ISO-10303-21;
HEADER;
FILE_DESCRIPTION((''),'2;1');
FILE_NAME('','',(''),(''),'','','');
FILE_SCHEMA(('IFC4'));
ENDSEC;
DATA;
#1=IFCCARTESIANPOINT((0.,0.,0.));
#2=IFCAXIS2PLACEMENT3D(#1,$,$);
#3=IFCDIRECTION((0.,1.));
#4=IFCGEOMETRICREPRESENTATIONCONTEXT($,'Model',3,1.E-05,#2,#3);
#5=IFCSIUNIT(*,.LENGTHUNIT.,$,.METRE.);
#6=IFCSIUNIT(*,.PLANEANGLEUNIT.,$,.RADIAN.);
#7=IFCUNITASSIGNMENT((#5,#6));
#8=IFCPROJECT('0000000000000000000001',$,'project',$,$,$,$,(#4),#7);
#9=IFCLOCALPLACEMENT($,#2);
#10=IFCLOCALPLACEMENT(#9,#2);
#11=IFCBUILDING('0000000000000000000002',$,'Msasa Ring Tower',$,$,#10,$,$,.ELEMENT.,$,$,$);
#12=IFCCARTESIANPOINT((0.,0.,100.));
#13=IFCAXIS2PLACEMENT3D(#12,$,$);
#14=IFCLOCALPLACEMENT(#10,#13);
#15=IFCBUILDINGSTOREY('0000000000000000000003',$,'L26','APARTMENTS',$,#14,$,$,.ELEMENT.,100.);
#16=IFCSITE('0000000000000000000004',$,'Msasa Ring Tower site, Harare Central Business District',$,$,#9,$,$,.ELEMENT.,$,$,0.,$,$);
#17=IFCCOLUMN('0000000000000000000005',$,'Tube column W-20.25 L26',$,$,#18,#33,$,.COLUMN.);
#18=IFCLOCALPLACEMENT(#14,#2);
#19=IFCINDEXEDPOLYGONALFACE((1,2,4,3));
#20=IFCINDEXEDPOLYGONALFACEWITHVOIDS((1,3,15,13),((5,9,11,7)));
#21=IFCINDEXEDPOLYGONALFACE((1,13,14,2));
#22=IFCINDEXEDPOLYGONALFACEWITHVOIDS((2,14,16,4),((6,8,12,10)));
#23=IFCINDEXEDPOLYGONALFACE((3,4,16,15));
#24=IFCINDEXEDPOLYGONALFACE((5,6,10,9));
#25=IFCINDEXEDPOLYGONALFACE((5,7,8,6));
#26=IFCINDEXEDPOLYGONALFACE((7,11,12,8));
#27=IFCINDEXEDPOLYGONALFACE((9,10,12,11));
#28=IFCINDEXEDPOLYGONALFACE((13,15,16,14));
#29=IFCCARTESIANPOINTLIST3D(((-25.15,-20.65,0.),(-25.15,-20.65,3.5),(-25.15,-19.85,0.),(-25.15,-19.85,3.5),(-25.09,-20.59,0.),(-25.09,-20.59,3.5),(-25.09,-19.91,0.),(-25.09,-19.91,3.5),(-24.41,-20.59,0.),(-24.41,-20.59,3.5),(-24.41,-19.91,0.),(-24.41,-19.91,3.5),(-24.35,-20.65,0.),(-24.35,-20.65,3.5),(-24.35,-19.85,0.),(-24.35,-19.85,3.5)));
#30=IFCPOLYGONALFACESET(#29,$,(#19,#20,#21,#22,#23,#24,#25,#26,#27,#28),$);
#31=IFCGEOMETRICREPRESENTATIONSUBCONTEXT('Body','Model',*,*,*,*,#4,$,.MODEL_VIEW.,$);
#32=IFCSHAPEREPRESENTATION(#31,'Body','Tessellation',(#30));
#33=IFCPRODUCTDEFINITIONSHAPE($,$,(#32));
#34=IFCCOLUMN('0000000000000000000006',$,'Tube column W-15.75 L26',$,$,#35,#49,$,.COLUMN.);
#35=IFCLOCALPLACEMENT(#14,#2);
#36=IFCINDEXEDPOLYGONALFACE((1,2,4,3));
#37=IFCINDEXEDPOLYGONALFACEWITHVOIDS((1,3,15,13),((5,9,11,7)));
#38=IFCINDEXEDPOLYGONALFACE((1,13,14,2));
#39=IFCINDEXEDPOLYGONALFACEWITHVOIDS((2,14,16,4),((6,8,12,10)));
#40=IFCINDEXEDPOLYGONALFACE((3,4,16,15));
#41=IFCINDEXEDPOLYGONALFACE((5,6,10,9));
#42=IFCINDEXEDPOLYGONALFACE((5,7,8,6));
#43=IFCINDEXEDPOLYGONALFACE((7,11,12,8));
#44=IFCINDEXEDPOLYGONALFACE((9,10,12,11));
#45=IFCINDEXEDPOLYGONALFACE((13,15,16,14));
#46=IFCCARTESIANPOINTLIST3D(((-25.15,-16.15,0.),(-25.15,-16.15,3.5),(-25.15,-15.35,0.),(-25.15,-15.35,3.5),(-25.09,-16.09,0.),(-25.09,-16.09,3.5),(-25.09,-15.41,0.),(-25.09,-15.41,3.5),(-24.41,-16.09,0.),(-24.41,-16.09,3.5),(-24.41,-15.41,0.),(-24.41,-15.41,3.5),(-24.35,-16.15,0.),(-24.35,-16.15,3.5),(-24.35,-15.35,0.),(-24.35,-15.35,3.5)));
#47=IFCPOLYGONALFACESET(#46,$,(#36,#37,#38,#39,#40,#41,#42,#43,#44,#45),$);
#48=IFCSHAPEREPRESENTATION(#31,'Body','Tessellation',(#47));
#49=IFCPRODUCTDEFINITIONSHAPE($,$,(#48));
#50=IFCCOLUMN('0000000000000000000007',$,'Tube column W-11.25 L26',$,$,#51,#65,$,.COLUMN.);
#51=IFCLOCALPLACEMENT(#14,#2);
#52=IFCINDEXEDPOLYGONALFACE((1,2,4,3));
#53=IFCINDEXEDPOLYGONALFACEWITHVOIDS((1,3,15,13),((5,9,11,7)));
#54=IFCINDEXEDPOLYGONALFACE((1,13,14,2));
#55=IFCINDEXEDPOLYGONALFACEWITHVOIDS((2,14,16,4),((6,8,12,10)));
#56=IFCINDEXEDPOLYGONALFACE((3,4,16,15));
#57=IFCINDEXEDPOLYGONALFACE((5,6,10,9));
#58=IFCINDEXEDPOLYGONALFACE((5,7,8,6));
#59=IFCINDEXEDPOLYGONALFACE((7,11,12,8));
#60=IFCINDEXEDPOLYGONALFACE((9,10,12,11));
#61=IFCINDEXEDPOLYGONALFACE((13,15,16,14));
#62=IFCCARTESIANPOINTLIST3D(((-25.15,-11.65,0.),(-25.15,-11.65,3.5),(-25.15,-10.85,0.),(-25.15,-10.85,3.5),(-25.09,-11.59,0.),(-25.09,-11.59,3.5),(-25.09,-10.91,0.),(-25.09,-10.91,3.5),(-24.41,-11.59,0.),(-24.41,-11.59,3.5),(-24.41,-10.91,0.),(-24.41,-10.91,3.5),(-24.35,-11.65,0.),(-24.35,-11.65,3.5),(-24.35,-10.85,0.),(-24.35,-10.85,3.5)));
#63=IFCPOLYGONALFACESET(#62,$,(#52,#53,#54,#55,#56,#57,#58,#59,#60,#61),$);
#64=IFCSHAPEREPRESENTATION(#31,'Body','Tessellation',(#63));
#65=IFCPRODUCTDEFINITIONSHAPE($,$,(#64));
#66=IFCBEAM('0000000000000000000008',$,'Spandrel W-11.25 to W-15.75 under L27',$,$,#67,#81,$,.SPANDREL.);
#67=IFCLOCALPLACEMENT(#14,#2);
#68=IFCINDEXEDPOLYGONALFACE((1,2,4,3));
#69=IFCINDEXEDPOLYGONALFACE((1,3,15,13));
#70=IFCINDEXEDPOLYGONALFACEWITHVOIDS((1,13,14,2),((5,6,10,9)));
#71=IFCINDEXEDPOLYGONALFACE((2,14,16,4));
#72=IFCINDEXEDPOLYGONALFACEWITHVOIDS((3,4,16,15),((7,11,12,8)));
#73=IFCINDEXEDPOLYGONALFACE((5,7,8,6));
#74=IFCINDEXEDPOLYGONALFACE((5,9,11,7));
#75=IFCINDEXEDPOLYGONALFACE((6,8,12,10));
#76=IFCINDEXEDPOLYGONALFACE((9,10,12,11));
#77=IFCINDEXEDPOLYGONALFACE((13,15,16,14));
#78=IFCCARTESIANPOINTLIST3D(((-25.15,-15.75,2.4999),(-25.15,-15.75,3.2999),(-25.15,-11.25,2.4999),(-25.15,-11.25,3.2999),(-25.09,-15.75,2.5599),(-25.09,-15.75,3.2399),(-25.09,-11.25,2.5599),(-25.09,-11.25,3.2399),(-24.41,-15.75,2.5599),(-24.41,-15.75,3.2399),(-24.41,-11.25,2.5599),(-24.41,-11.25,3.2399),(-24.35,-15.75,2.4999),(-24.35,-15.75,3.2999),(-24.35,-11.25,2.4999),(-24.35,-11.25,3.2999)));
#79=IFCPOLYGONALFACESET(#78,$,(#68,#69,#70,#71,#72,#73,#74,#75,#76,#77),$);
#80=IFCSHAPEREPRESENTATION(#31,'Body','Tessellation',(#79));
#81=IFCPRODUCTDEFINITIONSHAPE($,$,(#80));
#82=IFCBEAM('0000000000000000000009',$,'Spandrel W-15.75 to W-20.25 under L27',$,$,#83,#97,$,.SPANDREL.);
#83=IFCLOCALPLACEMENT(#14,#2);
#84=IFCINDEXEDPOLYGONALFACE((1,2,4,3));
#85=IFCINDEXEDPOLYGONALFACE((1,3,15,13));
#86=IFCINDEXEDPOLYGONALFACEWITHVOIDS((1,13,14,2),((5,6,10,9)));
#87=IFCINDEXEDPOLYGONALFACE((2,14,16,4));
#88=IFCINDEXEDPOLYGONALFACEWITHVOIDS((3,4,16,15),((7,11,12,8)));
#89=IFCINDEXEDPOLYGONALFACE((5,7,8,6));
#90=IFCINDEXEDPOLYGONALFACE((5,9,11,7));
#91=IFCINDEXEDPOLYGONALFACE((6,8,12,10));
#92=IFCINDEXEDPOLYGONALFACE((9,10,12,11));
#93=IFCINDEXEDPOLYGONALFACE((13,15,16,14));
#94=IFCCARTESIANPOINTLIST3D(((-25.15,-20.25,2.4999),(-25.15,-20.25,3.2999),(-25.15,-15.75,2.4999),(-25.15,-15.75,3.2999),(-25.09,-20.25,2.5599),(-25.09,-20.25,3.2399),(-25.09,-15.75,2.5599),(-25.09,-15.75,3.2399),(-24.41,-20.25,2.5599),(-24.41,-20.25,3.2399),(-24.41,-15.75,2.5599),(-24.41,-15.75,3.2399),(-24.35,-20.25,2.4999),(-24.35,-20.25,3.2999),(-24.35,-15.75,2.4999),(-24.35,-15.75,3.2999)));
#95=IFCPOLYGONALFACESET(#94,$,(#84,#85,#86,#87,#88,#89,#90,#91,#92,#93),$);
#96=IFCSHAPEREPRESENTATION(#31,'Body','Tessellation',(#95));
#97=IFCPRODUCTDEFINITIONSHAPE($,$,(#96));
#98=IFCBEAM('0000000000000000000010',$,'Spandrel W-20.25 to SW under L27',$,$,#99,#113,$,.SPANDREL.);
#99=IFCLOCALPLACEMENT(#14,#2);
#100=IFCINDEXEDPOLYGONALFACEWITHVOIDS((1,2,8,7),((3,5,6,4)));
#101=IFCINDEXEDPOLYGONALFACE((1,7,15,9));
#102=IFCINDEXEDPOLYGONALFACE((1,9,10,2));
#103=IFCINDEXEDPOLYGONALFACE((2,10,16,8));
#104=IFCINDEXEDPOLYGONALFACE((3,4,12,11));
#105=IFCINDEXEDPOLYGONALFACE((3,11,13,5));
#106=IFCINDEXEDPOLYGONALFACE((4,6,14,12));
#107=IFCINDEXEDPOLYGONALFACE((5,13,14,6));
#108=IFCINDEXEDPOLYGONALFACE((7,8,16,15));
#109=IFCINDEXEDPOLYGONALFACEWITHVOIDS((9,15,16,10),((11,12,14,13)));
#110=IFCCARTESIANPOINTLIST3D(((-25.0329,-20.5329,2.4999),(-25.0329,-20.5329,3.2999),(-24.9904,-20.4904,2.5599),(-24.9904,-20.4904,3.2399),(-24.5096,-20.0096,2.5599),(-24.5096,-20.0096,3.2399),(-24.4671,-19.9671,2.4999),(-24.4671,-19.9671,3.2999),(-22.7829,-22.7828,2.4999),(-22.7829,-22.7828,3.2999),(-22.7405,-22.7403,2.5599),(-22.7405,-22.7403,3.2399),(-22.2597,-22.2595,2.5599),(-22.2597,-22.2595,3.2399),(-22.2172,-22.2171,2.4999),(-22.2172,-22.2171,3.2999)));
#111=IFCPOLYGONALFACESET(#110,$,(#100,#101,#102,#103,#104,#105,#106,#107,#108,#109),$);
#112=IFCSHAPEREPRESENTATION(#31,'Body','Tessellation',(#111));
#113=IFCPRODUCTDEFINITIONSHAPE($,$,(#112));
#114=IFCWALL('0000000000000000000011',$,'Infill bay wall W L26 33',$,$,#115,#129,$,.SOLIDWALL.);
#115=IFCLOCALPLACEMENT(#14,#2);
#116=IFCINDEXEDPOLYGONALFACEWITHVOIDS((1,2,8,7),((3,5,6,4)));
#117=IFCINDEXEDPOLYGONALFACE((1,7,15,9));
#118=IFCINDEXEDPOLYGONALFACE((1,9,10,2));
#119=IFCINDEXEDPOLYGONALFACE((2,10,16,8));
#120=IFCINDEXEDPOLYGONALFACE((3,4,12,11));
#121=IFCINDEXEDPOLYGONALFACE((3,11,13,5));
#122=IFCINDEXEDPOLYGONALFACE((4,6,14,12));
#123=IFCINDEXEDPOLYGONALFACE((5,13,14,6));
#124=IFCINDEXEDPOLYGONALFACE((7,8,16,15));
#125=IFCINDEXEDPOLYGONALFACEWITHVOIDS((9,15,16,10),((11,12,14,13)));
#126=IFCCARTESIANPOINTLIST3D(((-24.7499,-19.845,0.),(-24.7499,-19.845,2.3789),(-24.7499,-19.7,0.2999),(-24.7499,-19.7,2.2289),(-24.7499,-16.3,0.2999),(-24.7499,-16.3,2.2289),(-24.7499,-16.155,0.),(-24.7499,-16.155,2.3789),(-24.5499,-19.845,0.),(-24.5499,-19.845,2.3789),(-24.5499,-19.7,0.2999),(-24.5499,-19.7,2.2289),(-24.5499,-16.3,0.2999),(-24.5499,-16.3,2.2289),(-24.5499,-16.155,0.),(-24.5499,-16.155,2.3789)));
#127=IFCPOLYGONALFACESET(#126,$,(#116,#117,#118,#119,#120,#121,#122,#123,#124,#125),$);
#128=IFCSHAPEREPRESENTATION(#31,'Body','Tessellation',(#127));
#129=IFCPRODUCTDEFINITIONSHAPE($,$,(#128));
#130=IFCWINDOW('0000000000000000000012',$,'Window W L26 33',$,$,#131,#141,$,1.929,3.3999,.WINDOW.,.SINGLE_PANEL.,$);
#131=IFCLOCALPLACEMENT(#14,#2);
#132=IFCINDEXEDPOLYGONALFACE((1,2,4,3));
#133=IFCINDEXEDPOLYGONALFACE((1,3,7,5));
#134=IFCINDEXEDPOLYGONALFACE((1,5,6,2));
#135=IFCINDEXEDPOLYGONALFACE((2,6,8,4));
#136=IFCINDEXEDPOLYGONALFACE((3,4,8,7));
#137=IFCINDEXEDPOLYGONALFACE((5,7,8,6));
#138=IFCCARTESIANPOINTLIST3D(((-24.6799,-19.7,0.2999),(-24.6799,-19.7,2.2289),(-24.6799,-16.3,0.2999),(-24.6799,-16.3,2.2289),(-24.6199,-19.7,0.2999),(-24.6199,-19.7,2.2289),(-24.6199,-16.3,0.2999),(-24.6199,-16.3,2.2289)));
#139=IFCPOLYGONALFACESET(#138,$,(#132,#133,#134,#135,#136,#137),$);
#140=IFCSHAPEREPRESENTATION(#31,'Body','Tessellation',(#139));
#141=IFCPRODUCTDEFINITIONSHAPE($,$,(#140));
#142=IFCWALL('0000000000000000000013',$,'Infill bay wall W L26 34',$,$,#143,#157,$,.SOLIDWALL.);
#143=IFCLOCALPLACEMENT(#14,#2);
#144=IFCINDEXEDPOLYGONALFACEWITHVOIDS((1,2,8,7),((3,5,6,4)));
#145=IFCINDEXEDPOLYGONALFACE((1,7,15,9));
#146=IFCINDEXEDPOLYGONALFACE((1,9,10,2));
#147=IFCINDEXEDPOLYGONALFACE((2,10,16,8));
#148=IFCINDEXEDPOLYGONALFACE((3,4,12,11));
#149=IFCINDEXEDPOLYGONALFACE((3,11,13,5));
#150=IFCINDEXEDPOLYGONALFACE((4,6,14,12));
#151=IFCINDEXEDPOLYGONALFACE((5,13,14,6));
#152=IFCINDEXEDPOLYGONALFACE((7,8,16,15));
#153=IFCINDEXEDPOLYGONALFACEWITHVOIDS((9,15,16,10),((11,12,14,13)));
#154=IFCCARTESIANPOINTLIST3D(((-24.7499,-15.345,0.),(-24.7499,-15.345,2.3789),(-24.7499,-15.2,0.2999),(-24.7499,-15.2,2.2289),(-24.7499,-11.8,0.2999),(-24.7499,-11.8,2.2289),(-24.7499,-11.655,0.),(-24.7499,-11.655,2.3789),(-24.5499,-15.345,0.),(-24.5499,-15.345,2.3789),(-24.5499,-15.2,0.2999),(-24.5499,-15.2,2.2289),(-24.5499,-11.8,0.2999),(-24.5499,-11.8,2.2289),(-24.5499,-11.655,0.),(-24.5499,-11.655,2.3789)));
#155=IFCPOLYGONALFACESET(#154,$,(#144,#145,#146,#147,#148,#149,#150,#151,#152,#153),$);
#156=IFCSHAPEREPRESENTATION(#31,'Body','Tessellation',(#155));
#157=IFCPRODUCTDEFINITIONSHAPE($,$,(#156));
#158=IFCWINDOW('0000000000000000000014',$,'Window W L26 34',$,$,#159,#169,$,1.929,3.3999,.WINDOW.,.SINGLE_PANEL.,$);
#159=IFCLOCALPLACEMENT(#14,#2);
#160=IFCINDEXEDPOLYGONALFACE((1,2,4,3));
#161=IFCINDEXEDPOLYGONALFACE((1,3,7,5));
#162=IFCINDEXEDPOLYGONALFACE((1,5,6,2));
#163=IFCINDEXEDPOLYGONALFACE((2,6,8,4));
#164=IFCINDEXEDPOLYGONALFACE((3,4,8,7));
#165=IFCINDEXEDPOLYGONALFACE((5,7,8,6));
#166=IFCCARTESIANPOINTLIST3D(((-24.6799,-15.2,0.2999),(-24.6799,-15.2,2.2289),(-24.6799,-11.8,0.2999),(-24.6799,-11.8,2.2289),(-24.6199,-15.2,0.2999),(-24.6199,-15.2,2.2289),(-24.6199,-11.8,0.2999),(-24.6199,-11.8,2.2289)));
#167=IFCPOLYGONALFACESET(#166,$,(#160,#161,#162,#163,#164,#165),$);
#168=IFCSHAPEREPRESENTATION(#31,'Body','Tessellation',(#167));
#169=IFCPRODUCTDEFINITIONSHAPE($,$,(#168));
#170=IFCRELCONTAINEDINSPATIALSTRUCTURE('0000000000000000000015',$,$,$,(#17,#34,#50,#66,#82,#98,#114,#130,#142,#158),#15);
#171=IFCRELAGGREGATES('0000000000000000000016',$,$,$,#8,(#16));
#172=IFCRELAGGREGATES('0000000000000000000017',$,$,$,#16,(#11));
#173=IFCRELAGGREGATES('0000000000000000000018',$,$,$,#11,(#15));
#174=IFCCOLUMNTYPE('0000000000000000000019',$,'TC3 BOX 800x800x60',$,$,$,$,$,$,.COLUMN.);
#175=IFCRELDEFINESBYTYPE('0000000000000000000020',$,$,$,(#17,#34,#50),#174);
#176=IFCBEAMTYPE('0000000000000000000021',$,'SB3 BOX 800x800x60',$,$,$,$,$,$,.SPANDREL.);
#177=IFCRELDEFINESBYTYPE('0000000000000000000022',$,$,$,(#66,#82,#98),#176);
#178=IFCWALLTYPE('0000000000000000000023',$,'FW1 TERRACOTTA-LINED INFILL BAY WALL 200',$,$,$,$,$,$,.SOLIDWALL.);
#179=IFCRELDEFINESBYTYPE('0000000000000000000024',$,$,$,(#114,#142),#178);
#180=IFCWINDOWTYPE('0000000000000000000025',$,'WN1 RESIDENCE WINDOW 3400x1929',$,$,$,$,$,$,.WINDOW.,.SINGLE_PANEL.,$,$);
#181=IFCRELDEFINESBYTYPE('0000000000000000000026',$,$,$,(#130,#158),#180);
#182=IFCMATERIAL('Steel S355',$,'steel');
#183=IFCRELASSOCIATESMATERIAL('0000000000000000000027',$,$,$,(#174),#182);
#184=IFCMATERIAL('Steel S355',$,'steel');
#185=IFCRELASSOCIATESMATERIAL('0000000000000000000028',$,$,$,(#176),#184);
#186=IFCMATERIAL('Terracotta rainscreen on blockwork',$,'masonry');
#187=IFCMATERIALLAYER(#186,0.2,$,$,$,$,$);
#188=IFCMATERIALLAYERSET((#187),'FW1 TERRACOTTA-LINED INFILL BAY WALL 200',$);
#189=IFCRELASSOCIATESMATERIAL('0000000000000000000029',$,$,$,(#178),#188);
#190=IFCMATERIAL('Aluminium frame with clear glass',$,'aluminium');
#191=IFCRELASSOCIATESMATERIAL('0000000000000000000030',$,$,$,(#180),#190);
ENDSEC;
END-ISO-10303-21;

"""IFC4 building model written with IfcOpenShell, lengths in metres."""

from ifc_helpers import new_model, si_unit, direction, frame, frame_2d, origin, origin_2d, place, context, subcontext, project, spatial, rectangle, hollow_rectangle, extrude, material, layer, layer_set, material_profile, profile_set, type_object, element, fill, save


model = new_model("IFC4")

# Units and contexts
model_context = context("Model", 3, precision=1e-05, world=origin(), true_north=direction((0.0, 1.0)))
body_context = subcontext(model_context, "Body", "Model", "MODEL_VIEW")
ifc_project = project(units=[si_unit("LENGTHUNIT", "METRE"), si_unit("PLANEANGLEUNIT", "RADIAN")], contexts=[model_context])

# Site, building, storey
site_placement = place(None, origin())
site = spatial("IfcSite", under=ifc_project, at=site_placement, Name="Msasa Ring Tower site, Harare Central Business District", CompositionType="ELEMENT", RefElevation=0.0)
building_placement = place(site_placement, origin())
building = spatial("IfcBuilding", under=site, at=building_placement, Name="Msasa Ring Tower", CompositionType="ELEMENT")
storey_placement = place(building_placement, frame((0.0, 0.0, 100.0)))
storey = spatial("IfcBuildingStorey", under=building, at=storey_placement, Name="L26", Description="APARTMENTS", CompositionType="ELEMENT", Elevation=100.0)

# Columns
ifc_material_1 = material(Name="Steel S355", Category="steel")
ifc_material_profile_1 = material_profile(ifc_material_1, hollow_rectangle(XDim=0.8, YDim=0.8, WallThickness=0.0601, at=origin_2d()), Name="BOX 800x800x60")
ifc_profile_set_1 = profile_set([ifc_material_profile_1], Name="Steel S355")
column_type = type_object("IfcColumnType", Name="TC3 BOX 800x800x60", PredefinedType="COLUMN", material=ifc_profile_set_1)
for number, where, z_axis, x_axis, name in (
    (1, (-24.75, -20.25, 0.0), (0.0, 0.0, 1.0), (1.0, 0.0, 0.0), "Tube column W-20.25 L26"),
    (2, (-24.75, -15.75, 0.0), (0.0, 0.0, 1.0), (1.0, 0.0, 0.0), "Tube column W-15.75 L26"),
    (3, (-24.75, -11.25, 0.0), (0.0, 0.0, 1.0), (1.0, 0.0, 0.0), "Tube column W-11.25 L26"),
):
    element("IfcColumn", number, at=place(storey_placement, frame(where, z_axis=z_axis, x_axis=x_axis)), inside=storey, type_object=column_type, Name=name, PredefinedType="COLUMN", context=body_context, shape_type="SweptSolid", body=[
        extrude(hollow_rectangle(XDim=0.8, YDim=0.8, WallThickness=0.0601, at=origin_2d()), origin(), (0.0, 0.0, 1.0), 3.5),
    ])

# Beams
ifc_material_2 = material(Name="Steel S355", Category="steel")
ifc_material_profile_2 = material_profile(ifc_material_2, hollow_rectangle(XDim=0.8, YDim=0.8, WallThickness=0.0601, at=origin_2d()), Name="BOX 800x800x60")
ifc_profile_set_2 = profile_set([ifc_material_profile_2], Name="Steel S355")
beam_type = type_object("IfcBeamType", Name="SB3 BOX 800x800x60", PredefinedType="SPANDREL", material=ifc_profile_set_2)
for number, where, z_axis, x_axis, name in (
    (4, (-24.75, -11.25, 2.8999), (0.0, -1.0, 0.0), (1.0, 0.0, 0.0), "Spandrel W-11.25 to W-15.75 under L27"),
    (5, (-24.75, -15.75, 2.8999), (0.0, -1.0, 0.0), (1.0, 0.0, 0.0), "Spandrel W-15.75 to W-20.25 under L27"),
):
    element("IfcBeam", number, at=place(storey_placement, frame(where, z_axis=z_axis, x_axis=x_axis)), inside=storey, type_object=beam_type, Name=name, PredefinedType="SPANDREL", context=body_context, shape_type="SweptSolid", body=[
        extrude(hollow_rectangle(XDim=0.8, YDim=0.8, WallThickness=0.0601, at=origin_2d()), origin(), (0.0, 0.0, 1.0), 4.5),
    ])
beam_placement = place(storey_placement, frame((-24.75, -20.25, 2.8999), z_axis=(0.707107, -0.707107, 0.0), x_axis=(0.707107, 0.707107, 0.0)))
element("IfcBeam", 6, at=beam_placement, inside=storey, type_object=beam_type, Name="Spandrel W-20.25 to SW under L27", PredefinedType="SPANDREL", context=body_context, shape_type="SweptSolid", body=[
    extrude(hollow_rectangle(XDim=0.8, YDim=0.8, WallThickness=0.0601, at=origin_2d()), origin(), (0.0, 0.0, 1.0), 3.1819),
])

# Walls, openings, windows
ifc_material_3 = material(Name="Terracotta rainscreen on blockwork", Category="masonry")
ifc_layer_1 = layer(ifc_material_3, 0.2)
ifc_layer_set_1 = layer_set([ifc_layer_1], Name="FW1 TERRACOTTA-LINED INFILL BAY WALL 200")
wall_type_1 = type_object("IfcWallType", Name="FW1 TERRACOTTA-LINED INFILL BAY WALL 200", PredefinedType="SOLIDWALL", material=ifc_layer_set_1)
wall_1_placement = place(storey_placement, frame((-24.6499, -19.845, 0.0), z_axis=(0.0, 0.0, 1.0), x_axis=(0.0, 1.0, 0.0)))
wall_1 = element("IfcWall", 7, at=wall_1_placement, inside=storey, type_object=wall_type_1, Name="Infill bay wall W L26 33", PredefinedType="SOLIDWALL", context=body_context, shape_type="SweptSolid", body=[
    extrude(rectangle(XDim=3.6899, YDim=0.2, at=frame_2d((1.845, 0.0))), origin(), (0.0, 0.0, 1.0), 2.3789),
])
opening_1_placement = place(wall_1_placement, frame((0.145, 0.0, 0.3)))
opening_1 = element("IfcOpeningElement", 8, at=opening_1_placement, cuts=wall_1, PredefinedType="OPENING", context=body_context, shape_type="SweptSolid", body=[
    extrude(rectangle(XDim=3.3999, YDim=1.929, at=frame_2d((1.7, 0.9644))), frame((0.0, 0.1099, 0.0), z_axis=(0.0, -1.0, 0.0), x_axis=(1.0, 0.0, 0.0)), (0.0, 0.0, 1.0), 0.22),
])
ifc_material_4 = material(Name="Aluminium frame with clear glass", Category="aluminium")
window_type = type_object("IfcWindowType", Name="WN1 RESIDENCE WINDOW 3400x1929", PartitioningType="SINGLE_PANEL", PredefinedType="WINDOW", material=ifc_material_4)
window_1_placement = place(opening_1_placement, origin())
window_1 = element("IfcWindow", 9, at=window_1_placement, inside=storey, type_object=window_type, Name="Window W L26 33", OverallHeight=1.929, OverallWidth=3.3999, PartitioningType="SINGLE_PANEL", PredefinedType="WINDOW", context=body_context, shape_type="SweptSolid", body=[
    extrude(rectangle(XDim=3.3999, YDim=1.929, at=frame_2d((1.7, 0.9644))), frame((0.0, 0.03, 0.0), z_axis=(0.0, -1.0, 0.0), x_axis=(1.0, 0.0, 0.0)), (0.0, 0.0, 1.0), 0.0601),
])
fill(opening_1, window_1)
wall_2_placement = place(storey_placement, frame((-24.6499, -15.345, 0.0), z_axis=(0.0, 0.0, 1.0), x_axis=(0.0, 1.0, 0.0)))
wall_2 = element("IfcWall", 10, at=wall_2_placement, inside=storey, type_object=wall_type_1, Name="Infill bay wall W L26 34", PredefinedType="SOLIDWALL", context=body_context, shape_type="SweptSolid", body=[
    extrude(rectangle(XDim=3.6899, YDim=0.2, at=frame_2d((1.845, 0.0))), origin(), (0.0, 0.0, 1.0), 2.3789),
])
opening_2_placement = place(wall_2_placement, frame((0.145, 0.0, 0.3)))
opening_2 = element("IfcOpeningElement", 11, at=opening_2_placement, cuts=wall_2, PredefinedType="OPENING", context=body_context, shape_type="SweptSolid", body=[
    extrude(rectangle(XDim=3.3999, YDim=1.929, at=frame_2d((1.7, 0.9644))), frame((0.0, 0.1099, 0.0), z_axis=(0.0, -1.0, 0.0), x_axis=(1.0, 0.0, 0.0)), (0.0, 0.0, 1.0), 0.22),
])
window_2_placement = place(opening_2_placement, origin())
window_2 = element("IfcWindow", 12, at=window_2_placement, inside=storey, type_object=window_type, Name="Window W L26 34", OverallHeight=1.929, OverallWidth=3.3999, PartitioningType="SINGLE_PANEL", PredefinedType="WINDOW", context=body_context, shape_type="SweptSolid", body=[
    extrude(rectangle(XDim=3.3999, YDim=1.929, at=frame_2d((1.7, 0.9644))), frame((0.0, 0.03, 0.0), z_axis=(0.0, -1.0, 0.0), x_axis=(1.0, 0.0, 0.0)), (0.0, 0.0, 1.0), 0.0601),
])
fill(opening_2, window_2)

save(model, "model.ifc")
